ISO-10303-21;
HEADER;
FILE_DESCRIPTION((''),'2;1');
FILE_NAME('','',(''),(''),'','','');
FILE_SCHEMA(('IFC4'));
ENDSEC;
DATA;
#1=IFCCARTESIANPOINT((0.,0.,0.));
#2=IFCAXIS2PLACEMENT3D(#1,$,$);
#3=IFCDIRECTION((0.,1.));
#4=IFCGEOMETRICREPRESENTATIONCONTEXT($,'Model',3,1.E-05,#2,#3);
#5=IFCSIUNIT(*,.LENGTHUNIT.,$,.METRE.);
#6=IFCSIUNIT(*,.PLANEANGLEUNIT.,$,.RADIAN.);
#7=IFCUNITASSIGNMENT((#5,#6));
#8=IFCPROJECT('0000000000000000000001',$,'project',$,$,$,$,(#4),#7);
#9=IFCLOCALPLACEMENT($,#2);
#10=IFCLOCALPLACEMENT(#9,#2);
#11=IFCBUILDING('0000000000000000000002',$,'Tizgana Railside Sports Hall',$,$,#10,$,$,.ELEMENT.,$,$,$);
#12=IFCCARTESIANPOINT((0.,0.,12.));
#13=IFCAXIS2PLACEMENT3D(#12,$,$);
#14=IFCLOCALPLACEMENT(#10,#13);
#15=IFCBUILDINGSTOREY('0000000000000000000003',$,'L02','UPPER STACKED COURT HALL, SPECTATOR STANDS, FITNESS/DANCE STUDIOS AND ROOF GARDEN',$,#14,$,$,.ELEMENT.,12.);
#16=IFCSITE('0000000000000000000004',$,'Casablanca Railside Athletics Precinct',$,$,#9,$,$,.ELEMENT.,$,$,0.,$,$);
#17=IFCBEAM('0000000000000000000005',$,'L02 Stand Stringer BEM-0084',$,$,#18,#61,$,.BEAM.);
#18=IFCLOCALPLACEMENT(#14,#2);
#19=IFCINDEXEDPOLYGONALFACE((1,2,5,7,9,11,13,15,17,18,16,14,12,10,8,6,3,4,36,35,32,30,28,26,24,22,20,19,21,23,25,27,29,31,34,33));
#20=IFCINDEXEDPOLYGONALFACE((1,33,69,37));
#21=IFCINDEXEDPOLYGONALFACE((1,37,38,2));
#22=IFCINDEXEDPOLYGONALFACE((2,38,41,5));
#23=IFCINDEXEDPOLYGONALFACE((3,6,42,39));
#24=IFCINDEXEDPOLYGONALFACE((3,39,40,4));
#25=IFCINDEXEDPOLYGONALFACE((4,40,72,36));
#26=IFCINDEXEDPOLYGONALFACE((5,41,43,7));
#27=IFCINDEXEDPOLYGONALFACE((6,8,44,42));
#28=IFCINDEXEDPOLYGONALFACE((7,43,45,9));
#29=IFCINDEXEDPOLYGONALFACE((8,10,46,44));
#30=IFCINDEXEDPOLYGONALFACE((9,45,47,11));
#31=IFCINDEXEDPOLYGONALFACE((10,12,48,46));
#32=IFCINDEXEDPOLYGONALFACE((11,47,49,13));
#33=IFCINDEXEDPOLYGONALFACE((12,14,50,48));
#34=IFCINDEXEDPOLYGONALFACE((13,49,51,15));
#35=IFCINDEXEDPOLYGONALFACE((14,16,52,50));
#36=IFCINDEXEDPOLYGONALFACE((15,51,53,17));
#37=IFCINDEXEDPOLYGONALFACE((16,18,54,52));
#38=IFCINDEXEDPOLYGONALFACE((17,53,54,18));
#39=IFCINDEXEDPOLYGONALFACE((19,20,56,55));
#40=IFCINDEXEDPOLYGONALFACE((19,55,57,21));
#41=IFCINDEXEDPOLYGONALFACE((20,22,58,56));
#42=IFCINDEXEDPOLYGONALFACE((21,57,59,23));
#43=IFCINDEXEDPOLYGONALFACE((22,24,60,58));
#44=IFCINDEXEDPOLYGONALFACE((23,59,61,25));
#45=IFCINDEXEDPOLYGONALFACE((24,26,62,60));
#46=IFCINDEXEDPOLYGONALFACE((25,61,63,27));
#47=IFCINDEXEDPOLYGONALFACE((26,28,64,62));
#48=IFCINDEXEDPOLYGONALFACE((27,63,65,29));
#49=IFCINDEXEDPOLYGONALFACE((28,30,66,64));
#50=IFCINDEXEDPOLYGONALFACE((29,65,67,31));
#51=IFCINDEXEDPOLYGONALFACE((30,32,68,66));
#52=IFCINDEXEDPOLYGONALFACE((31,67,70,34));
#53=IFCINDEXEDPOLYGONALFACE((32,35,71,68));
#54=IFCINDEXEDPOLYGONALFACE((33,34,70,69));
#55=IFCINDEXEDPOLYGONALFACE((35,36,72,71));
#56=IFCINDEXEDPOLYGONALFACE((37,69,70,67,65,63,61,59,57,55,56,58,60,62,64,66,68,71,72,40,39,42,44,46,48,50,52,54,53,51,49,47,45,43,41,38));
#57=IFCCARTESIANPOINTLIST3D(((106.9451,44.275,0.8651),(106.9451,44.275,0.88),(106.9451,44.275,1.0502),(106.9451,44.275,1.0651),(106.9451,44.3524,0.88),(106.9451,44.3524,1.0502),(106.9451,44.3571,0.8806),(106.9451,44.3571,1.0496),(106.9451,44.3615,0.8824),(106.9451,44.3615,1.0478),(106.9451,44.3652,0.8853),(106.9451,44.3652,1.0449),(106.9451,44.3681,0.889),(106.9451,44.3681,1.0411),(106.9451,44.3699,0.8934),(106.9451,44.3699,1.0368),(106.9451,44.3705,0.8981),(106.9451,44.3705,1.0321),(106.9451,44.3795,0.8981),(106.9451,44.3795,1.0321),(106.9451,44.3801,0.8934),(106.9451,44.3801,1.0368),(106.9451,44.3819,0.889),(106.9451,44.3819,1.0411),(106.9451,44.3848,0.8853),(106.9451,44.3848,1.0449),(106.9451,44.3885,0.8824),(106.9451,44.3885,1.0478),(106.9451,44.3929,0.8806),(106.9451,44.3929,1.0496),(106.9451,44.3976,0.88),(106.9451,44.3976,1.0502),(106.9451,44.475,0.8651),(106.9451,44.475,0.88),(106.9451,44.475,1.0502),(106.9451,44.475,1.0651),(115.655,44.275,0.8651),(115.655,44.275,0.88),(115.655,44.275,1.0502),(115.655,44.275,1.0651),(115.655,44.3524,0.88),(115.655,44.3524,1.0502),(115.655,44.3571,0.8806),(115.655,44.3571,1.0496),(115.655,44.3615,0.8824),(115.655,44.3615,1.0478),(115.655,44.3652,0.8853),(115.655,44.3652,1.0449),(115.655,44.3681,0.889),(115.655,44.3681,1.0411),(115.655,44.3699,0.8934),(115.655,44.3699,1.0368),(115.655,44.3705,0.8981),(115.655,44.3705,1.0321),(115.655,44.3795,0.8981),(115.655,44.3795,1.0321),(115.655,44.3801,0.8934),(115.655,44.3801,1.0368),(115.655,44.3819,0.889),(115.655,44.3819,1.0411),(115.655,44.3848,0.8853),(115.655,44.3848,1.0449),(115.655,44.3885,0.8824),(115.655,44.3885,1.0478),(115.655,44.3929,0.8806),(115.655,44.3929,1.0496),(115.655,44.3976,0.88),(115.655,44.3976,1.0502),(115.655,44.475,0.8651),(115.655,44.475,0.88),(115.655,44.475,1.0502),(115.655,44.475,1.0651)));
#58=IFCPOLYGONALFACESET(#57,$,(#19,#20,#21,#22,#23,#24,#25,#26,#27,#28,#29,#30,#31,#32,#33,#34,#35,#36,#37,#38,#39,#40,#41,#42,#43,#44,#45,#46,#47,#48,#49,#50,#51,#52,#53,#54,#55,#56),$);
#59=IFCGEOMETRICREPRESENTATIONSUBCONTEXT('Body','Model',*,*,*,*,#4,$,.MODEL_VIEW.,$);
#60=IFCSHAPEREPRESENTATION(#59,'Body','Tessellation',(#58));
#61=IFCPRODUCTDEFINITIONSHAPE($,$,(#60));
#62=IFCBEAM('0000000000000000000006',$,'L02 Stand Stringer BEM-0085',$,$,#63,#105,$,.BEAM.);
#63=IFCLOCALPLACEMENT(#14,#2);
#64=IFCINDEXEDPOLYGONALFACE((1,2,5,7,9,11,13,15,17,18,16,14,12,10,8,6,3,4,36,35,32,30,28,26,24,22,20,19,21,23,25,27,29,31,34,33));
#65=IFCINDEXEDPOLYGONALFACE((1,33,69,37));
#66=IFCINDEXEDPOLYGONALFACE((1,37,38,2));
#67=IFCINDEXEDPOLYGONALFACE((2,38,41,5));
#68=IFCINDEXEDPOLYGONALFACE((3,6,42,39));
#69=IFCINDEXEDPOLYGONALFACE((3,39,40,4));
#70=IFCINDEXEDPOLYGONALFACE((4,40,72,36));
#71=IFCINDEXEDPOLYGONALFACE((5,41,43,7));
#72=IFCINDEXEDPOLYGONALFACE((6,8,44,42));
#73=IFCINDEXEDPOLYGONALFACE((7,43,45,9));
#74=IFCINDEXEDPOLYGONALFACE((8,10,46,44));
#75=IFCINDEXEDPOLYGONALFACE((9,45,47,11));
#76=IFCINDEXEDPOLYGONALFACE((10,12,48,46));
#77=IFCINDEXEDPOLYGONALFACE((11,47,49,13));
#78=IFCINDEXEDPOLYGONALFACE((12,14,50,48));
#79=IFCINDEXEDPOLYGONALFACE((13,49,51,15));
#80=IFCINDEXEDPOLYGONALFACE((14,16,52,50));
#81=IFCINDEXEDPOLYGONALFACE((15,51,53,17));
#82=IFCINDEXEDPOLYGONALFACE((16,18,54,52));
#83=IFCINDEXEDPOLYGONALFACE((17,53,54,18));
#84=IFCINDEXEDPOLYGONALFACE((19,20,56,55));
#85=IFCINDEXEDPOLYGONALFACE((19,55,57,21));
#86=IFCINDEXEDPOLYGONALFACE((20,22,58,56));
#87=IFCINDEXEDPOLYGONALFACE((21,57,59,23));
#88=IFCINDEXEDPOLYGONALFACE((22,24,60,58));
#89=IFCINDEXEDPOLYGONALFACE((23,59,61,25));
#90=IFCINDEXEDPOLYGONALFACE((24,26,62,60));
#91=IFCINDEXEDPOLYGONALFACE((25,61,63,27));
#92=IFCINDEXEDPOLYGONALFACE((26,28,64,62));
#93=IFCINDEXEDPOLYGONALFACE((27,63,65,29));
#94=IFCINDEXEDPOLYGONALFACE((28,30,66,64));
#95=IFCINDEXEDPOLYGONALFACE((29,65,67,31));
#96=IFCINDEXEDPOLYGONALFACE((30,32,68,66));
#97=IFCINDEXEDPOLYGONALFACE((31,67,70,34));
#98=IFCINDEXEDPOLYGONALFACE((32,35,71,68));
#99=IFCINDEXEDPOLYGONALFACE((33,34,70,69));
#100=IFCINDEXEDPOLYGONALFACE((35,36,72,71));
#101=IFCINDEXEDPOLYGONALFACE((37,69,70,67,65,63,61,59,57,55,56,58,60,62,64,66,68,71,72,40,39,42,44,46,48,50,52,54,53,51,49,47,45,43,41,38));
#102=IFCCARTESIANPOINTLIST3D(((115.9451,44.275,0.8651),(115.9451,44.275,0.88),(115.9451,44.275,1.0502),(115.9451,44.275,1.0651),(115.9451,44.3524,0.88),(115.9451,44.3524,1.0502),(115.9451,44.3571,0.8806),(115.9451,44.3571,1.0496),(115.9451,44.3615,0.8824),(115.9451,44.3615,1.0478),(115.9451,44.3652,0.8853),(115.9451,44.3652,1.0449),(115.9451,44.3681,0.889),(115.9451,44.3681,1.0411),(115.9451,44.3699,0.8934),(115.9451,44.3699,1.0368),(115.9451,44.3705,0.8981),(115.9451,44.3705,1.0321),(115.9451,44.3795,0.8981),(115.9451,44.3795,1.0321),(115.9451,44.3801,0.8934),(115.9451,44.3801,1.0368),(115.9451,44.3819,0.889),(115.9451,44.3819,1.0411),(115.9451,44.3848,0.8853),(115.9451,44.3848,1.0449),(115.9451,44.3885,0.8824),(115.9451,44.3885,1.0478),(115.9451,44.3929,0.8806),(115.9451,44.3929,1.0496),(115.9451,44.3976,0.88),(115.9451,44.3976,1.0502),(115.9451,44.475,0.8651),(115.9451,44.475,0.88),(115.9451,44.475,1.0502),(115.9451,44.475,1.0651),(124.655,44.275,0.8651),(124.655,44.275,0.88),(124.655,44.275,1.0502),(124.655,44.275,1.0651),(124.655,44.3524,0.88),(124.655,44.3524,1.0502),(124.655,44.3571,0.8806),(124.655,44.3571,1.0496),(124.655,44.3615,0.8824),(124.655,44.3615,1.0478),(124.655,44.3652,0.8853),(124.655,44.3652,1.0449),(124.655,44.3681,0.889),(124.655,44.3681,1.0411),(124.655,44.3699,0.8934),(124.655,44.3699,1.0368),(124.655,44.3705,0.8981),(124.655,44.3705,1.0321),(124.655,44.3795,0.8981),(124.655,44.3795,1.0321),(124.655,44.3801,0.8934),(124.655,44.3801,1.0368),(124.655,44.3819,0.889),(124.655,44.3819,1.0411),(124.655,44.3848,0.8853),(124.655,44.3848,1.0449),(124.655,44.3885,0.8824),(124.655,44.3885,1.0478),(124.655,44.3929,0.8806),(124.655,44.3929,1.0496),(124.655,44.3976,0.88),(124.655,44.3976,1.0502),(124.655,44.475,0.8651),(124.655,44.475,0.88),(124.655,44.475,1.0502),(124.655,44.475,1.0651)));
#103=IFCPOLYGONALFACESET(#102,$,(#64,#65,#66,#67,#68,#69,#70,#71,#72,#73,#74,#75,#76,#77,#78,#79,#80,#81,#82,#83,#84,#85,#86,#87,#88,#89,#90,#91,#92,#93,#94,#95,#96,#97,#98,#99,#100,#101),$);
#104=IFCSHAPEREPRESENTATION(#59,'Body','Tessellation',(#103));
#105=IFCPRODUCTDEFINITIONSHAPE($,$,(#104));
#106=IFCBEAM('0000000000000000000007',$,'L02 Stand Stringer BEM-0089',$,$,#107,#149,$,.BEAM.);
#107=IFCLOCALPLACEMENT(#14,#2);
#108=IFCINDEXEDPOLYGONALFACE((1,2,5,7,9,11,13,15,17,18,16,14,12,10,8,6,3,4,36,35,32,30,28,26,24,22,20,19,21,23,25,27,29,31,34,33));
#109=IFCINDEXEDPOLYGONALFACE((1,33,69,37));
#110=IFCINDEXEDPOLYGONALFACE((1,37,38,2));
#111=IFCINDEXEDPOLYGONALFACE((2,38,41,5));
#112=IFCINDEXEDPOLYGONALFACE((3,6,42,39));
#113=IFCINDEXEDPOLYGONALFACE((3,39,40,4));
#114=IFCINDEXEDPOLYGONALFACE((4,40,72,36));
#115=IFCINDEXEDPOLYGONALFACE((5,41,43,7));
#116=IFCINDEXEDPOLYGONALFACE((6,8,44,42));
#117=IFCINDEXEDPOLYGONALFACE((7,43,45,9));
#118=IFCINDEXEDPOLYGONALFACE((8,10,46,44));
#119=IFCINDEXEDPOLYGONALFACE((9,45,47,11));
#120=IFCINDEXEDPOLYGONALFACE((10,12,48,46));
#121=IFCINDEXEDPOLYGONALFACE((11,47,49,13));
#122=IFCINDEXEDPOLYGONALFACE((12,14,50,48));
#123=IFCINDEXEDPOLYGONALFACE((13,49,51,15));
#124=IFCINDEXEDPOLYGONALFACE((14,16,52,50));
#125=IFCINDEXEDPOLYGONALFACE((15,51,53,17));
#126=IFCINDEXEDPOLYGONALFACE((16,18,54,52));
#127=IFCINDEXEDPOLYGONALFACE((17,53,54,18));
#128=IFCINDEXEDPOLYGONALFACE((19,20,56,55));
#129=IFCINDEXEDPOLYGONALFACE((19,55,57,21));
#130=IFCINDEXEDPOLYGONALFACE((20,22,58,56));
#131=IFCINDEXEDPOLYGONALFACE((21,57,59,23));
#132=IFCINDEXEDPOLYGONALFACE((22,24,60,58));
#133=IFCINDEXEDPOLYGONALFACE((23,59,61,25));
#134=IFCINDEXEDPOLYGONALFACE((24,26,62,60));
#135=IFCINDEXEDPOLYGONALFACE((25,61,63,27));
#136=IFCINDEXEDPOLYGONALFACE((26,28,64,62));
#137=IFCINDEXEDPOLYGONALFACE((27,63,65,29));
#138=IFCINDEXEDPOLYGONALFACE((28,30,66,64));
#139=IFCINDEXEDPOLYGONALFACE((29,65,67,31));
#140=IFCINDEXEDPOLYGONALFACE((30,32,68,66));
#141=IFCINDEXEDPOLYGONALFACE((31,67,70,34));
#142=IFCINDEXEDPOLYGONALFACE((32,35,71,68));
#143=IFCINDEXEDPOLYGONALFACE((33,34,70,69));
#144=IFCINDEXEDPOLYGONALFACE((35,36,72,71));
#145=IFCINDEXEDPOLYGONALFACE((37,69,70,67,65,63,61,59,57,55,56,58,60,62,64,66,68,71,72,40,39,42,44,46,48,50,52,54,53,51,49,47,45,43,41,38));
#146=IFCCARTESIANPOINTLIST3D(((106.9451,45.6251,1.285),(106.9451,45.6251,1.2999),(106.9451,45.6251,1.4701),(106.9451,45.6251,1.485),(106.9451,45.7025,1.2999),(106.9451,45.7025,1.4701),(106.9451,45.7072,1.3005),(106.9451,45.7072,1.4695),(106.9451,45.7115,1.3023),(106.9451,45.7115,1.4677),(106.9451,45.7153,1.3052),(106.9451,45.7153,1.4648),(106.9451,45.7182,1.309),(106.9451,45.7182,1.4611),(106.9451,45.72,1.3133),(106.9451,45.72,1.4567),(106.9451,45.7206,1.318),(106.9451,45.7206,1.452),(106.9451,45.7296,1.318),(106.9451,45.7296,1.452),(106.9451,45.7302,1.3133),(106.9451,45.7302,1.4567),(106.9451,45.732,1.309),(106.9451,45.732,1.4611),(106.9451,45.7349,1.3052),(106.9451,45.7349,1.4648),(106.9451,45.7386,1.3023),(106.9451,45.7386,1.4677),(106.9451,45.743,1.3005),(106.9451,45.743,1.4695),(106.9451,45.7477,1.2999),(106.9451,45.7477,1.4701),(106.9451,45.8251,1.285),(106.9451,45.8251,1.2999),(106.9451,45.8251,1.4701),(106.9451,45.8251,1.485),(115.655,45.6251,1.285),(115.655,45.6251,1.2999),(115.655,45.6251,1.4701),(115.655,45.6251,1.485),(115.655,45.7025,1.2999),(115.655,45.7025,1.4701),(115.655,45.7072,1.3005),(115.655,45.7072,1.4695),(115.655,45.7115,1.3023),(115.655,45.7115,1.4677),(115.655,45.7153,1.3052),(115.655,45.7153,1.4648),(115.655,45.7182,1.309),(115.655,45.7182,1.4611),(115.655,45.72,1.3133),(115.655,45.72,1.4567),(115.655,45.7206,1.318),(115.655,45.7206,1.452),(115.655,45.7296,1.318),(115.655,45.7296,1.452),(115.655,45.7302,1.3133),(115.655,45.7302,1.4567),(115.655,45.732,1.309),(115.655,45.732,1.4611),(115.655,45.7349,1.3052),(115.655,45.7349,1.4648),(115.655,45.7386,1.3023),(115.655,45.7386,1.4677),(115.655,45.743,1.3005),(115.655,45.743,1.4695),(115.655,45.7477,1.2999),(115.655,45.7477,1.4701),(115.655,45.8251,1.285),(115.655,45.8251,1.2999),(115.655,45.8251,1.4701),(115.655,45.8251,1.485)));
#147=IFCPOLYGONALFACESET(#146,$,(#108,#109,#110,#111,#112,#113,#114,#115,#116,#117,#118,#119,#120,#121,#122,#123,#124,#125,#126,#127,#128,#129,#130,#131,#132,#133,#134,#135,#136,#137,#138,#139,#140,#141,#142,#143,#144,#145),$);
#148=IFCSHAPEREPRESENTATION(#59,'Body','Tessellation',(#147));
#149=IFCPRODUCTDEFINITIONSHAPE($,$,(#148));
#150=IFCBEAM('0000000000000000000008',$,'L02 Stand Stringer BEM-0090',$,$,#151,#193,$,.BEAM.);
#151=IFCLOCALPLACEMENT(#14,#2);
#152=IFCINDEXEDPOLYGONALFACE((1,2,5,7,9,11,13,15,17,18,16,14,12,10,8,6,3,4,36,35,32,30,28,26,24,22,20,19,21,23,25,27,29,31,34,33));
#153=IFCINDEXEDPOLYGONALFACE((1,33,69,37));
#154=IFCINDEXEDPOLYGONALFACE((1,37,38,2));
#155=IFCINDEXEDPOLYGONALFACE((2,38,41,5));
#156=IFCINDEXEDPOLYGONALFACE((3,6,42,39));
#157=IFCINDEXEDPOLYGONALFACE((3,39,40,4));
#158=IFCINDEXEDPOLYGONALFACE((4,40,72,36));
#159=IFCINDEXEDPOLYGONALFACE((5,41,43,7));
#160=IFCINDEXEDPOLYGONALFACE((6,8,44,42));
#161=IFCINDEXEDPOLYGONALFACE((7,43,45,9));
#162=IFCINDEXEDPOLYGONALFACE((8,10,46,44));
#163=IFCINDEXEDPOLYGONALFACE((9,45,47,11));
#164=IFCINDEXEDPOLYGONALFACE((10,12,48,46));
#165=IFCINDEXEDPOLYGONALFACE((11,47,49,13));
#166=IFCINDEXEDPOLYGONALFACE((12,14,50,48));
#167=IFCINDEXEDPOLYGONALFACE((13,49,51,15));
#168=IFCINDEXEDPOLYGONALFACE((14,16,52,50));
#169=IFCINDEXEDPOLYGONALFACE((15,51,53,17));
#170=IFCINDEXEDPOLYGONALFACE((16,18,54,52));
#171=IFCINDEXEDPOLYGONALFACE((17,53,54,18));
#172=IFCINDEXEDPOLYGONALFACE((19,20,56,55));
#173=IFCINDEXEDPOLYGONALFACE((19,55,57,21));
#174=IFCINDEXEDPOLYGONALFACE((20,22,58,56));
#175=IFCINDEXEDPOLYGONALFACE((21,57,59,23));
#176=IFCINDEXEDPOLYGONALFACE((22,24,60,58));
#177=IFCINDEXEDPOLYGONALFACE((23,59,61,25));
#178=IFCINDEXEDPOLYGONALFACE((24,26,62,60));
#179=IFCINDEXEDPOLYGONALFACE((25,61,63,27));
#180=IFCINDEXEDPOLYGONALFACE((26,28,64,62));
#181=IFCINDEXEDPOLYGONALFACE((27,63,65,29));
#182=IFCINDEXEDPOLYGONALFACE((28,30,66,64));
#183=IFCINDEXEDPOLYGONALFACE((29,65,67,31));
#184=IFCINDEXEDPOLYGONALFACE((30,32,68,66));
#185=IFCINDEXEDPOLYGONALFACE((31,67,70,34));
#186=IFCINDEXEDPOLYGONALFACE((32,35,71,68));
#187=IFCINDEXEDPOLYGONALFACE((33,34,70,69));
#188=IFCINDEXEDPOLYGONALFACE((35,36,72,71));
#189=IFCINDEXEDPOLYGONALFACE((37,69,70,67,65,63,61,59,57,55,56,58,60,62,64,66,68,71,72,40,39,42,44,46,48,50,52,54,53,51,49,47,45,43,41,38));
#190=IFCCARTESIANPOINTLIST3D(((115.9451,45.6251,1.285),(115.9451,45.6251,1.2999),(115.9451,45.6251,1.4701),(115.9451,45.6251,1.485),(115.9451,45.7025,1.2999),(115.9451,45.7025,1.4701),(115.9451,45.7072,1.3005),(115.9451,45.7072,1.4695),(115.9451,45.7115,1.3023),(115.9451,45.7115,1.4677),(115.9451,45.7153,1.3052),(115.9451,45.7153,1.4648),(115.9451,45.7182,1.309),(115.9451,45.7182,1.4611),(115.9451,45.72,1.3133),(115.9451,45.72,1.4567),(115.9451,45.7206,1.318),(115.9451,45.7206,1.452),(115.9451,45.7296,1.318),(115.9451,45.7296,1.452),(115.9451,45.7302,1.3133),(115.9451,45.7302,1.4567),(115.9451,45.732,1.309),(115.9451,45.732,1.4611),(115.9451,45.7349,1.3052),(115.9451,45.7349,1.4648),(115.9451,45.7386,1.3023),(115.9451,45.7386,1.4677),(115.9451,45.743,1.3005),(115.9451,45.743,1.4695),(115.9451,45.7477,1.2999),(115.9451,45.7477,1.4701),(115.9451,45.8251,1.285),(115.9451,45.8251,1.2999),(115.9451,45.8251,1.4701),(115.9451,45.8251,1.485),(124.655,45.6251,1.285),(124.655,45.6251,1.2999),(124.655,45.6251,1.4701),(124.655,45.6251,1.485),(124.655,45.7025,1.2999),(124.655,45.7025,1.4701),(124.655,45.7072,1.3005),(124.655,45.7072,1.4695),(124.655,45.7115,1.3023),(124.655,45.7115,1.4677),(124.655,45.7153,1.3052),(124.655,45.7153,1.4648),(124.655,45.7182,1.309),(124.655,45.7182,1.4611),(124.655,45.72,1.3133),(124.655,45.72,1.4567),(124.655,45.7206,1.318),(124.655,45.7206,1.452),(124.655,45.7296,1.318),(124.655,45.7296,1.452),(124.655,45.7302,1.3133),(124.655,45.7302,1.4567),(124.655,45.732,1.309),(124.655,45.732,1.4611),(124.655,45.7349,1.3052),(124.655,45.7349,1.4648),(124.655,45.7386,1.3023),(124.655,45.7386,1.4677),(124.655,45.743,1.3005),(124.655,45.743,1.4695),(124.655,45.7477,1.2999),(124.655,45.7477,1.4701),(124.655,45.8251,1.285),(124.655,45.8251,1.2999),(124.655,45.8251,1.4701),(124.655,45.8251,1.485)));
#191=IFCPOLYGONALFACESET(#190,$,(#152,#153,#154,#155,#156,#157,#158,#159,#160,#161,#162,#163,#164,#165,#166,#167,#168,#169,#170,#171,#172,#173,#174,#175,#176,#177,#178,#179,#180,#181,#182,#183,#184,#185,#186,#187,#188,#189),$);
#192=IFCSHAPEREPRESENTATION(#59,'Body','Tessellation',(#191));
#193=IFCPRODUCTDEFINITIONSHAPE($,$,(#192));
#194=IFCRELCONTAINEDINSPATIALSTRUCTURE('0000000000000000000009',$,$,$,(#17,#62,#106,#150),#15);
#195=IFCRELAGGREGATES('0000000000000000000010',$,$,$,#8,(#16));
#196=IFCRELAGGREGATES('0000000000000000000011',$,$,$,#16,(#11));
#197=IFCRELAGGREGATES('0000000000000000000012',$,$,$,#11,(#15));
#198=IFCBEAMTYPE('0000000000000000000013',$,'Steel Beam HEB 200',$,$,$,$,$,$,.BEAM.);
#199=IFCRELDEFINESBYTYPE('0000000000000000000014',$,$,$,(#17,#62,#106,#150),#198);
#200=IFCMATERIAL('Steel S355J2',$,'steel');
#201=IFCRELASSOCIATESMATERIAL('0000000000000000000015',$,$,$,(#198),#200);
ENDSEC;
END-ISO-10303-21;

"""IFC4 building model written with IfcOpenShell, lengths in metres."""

from ifc_helpers import new_model, si_unit, direction, frame, origin, origin_2d, place, context, subcontext, project, spatial, i_section, extrude, material, material_profile, profile_set, type_object, element, save


model = new_model("IFC4")

# Units and contexts
model_context = context("Model", 3, precision=1e-05, world=origin(), true_north=direction((0.0, 1.0)))
body_context = subcontext(model_context, "Body", "Model", "MODEL_VIEW")
ifc_project = project(units=[si_unit("LENGTHUNIT", "METRE"), si_unit("PLANEANGLEUNIT", "RADIAN")], contexts=[model_context])

# Site, building, storey
site_placement = place(None, origin())
site = spatial("IfcSite", under=ifc_project, at=site_placement, Name="Casablanca Railside Athletics Precinct", CompositionType="ELEMENT", RefElevation=0.0)
building_placement = place(site_placement, origin())
building = spatial("IfcBuilding", under=site, at=building_placement, Name="Tizgana Railside Sports Hall", CompositionType="ELEMENT")
storey_placement = place(building_placement, frame((0.0, 0.0, 12.0)))
storey = spatial("IfcBuildingStorey", under=building, at=storey_placement, Name="L02", Description="UPPER STACKED COURT HALL, SPECTATOR STANDS, FITNESS/DANCE STUDIOS AND ROOF GARDEN", CompositionType="ELEMENT", Elevation=12.0)

# Beams
ifc_material_1 = material(Name="Steel S355J2", Category="steel")
ifc_material_profile_1 = material_profile(ifc_material_1, i_section(OverallWidth=0.2, OverallDepth=0.2, WebThickness=0.009, FlangeThickness=0.0149, FilletRadius=0.0181, at=origin_2d()), Name="HEB 200")
ifc_profile_set_1 = profile_set([ifc_material_profile_1], Name="Steel S355J2")
beam_type_1 = type_object("IfcBeamType", Name="Steel Beam HEB 200", PredefinedType="BEAM", material=ifc_profile_set_1)
for number, where, z_axis, x_axis, name in (
    (1, (106.9451, 44.375, 0.9651), (1.0, 0.0, 0.0), (0.0, 1.0, 0.0), "L02 Stand Stringer BEM-0084"),
    (2, (115.9451, 44.375, 0.9651), (1.0, 0.0, 0.0), (0.0, 1.0, 0.0), "L02 Stand Stringer BEM-0085"),
    (3, (106.9451, 45.7251, 1.385), (1.0, 0.0, 0.0), (0.0, 1.0, 0.0), "L02 Stand Stringer BEM-0089"),
    (4, (115.9451, 45.7251, 1.385), (1.0, 0.0, 0.0), (0.0, 1.0, 0.0), "L02 Stand Stringer BEM-0090"),
):
    element("IfcBeam", number, at=place(storey_placement, frame(where, z_axis=z_axis, x_axis=x_axis)), inside=storey, type_object=beam_type_1, Name=name, PredefinedType="BEAM", context=body_context, shape_type="SweptSolid", body=[
        extrude(i_section(OverallWidth=0.2, OverallDepth=0.2, WebThickness=0.009, FlangeThickness=0.0149, FilletRadius=0.0181, at=origin_2d()), origin(), (0.0, 0.0, 1.0), 8.71),
    ])

save(model, "model.ifc")
